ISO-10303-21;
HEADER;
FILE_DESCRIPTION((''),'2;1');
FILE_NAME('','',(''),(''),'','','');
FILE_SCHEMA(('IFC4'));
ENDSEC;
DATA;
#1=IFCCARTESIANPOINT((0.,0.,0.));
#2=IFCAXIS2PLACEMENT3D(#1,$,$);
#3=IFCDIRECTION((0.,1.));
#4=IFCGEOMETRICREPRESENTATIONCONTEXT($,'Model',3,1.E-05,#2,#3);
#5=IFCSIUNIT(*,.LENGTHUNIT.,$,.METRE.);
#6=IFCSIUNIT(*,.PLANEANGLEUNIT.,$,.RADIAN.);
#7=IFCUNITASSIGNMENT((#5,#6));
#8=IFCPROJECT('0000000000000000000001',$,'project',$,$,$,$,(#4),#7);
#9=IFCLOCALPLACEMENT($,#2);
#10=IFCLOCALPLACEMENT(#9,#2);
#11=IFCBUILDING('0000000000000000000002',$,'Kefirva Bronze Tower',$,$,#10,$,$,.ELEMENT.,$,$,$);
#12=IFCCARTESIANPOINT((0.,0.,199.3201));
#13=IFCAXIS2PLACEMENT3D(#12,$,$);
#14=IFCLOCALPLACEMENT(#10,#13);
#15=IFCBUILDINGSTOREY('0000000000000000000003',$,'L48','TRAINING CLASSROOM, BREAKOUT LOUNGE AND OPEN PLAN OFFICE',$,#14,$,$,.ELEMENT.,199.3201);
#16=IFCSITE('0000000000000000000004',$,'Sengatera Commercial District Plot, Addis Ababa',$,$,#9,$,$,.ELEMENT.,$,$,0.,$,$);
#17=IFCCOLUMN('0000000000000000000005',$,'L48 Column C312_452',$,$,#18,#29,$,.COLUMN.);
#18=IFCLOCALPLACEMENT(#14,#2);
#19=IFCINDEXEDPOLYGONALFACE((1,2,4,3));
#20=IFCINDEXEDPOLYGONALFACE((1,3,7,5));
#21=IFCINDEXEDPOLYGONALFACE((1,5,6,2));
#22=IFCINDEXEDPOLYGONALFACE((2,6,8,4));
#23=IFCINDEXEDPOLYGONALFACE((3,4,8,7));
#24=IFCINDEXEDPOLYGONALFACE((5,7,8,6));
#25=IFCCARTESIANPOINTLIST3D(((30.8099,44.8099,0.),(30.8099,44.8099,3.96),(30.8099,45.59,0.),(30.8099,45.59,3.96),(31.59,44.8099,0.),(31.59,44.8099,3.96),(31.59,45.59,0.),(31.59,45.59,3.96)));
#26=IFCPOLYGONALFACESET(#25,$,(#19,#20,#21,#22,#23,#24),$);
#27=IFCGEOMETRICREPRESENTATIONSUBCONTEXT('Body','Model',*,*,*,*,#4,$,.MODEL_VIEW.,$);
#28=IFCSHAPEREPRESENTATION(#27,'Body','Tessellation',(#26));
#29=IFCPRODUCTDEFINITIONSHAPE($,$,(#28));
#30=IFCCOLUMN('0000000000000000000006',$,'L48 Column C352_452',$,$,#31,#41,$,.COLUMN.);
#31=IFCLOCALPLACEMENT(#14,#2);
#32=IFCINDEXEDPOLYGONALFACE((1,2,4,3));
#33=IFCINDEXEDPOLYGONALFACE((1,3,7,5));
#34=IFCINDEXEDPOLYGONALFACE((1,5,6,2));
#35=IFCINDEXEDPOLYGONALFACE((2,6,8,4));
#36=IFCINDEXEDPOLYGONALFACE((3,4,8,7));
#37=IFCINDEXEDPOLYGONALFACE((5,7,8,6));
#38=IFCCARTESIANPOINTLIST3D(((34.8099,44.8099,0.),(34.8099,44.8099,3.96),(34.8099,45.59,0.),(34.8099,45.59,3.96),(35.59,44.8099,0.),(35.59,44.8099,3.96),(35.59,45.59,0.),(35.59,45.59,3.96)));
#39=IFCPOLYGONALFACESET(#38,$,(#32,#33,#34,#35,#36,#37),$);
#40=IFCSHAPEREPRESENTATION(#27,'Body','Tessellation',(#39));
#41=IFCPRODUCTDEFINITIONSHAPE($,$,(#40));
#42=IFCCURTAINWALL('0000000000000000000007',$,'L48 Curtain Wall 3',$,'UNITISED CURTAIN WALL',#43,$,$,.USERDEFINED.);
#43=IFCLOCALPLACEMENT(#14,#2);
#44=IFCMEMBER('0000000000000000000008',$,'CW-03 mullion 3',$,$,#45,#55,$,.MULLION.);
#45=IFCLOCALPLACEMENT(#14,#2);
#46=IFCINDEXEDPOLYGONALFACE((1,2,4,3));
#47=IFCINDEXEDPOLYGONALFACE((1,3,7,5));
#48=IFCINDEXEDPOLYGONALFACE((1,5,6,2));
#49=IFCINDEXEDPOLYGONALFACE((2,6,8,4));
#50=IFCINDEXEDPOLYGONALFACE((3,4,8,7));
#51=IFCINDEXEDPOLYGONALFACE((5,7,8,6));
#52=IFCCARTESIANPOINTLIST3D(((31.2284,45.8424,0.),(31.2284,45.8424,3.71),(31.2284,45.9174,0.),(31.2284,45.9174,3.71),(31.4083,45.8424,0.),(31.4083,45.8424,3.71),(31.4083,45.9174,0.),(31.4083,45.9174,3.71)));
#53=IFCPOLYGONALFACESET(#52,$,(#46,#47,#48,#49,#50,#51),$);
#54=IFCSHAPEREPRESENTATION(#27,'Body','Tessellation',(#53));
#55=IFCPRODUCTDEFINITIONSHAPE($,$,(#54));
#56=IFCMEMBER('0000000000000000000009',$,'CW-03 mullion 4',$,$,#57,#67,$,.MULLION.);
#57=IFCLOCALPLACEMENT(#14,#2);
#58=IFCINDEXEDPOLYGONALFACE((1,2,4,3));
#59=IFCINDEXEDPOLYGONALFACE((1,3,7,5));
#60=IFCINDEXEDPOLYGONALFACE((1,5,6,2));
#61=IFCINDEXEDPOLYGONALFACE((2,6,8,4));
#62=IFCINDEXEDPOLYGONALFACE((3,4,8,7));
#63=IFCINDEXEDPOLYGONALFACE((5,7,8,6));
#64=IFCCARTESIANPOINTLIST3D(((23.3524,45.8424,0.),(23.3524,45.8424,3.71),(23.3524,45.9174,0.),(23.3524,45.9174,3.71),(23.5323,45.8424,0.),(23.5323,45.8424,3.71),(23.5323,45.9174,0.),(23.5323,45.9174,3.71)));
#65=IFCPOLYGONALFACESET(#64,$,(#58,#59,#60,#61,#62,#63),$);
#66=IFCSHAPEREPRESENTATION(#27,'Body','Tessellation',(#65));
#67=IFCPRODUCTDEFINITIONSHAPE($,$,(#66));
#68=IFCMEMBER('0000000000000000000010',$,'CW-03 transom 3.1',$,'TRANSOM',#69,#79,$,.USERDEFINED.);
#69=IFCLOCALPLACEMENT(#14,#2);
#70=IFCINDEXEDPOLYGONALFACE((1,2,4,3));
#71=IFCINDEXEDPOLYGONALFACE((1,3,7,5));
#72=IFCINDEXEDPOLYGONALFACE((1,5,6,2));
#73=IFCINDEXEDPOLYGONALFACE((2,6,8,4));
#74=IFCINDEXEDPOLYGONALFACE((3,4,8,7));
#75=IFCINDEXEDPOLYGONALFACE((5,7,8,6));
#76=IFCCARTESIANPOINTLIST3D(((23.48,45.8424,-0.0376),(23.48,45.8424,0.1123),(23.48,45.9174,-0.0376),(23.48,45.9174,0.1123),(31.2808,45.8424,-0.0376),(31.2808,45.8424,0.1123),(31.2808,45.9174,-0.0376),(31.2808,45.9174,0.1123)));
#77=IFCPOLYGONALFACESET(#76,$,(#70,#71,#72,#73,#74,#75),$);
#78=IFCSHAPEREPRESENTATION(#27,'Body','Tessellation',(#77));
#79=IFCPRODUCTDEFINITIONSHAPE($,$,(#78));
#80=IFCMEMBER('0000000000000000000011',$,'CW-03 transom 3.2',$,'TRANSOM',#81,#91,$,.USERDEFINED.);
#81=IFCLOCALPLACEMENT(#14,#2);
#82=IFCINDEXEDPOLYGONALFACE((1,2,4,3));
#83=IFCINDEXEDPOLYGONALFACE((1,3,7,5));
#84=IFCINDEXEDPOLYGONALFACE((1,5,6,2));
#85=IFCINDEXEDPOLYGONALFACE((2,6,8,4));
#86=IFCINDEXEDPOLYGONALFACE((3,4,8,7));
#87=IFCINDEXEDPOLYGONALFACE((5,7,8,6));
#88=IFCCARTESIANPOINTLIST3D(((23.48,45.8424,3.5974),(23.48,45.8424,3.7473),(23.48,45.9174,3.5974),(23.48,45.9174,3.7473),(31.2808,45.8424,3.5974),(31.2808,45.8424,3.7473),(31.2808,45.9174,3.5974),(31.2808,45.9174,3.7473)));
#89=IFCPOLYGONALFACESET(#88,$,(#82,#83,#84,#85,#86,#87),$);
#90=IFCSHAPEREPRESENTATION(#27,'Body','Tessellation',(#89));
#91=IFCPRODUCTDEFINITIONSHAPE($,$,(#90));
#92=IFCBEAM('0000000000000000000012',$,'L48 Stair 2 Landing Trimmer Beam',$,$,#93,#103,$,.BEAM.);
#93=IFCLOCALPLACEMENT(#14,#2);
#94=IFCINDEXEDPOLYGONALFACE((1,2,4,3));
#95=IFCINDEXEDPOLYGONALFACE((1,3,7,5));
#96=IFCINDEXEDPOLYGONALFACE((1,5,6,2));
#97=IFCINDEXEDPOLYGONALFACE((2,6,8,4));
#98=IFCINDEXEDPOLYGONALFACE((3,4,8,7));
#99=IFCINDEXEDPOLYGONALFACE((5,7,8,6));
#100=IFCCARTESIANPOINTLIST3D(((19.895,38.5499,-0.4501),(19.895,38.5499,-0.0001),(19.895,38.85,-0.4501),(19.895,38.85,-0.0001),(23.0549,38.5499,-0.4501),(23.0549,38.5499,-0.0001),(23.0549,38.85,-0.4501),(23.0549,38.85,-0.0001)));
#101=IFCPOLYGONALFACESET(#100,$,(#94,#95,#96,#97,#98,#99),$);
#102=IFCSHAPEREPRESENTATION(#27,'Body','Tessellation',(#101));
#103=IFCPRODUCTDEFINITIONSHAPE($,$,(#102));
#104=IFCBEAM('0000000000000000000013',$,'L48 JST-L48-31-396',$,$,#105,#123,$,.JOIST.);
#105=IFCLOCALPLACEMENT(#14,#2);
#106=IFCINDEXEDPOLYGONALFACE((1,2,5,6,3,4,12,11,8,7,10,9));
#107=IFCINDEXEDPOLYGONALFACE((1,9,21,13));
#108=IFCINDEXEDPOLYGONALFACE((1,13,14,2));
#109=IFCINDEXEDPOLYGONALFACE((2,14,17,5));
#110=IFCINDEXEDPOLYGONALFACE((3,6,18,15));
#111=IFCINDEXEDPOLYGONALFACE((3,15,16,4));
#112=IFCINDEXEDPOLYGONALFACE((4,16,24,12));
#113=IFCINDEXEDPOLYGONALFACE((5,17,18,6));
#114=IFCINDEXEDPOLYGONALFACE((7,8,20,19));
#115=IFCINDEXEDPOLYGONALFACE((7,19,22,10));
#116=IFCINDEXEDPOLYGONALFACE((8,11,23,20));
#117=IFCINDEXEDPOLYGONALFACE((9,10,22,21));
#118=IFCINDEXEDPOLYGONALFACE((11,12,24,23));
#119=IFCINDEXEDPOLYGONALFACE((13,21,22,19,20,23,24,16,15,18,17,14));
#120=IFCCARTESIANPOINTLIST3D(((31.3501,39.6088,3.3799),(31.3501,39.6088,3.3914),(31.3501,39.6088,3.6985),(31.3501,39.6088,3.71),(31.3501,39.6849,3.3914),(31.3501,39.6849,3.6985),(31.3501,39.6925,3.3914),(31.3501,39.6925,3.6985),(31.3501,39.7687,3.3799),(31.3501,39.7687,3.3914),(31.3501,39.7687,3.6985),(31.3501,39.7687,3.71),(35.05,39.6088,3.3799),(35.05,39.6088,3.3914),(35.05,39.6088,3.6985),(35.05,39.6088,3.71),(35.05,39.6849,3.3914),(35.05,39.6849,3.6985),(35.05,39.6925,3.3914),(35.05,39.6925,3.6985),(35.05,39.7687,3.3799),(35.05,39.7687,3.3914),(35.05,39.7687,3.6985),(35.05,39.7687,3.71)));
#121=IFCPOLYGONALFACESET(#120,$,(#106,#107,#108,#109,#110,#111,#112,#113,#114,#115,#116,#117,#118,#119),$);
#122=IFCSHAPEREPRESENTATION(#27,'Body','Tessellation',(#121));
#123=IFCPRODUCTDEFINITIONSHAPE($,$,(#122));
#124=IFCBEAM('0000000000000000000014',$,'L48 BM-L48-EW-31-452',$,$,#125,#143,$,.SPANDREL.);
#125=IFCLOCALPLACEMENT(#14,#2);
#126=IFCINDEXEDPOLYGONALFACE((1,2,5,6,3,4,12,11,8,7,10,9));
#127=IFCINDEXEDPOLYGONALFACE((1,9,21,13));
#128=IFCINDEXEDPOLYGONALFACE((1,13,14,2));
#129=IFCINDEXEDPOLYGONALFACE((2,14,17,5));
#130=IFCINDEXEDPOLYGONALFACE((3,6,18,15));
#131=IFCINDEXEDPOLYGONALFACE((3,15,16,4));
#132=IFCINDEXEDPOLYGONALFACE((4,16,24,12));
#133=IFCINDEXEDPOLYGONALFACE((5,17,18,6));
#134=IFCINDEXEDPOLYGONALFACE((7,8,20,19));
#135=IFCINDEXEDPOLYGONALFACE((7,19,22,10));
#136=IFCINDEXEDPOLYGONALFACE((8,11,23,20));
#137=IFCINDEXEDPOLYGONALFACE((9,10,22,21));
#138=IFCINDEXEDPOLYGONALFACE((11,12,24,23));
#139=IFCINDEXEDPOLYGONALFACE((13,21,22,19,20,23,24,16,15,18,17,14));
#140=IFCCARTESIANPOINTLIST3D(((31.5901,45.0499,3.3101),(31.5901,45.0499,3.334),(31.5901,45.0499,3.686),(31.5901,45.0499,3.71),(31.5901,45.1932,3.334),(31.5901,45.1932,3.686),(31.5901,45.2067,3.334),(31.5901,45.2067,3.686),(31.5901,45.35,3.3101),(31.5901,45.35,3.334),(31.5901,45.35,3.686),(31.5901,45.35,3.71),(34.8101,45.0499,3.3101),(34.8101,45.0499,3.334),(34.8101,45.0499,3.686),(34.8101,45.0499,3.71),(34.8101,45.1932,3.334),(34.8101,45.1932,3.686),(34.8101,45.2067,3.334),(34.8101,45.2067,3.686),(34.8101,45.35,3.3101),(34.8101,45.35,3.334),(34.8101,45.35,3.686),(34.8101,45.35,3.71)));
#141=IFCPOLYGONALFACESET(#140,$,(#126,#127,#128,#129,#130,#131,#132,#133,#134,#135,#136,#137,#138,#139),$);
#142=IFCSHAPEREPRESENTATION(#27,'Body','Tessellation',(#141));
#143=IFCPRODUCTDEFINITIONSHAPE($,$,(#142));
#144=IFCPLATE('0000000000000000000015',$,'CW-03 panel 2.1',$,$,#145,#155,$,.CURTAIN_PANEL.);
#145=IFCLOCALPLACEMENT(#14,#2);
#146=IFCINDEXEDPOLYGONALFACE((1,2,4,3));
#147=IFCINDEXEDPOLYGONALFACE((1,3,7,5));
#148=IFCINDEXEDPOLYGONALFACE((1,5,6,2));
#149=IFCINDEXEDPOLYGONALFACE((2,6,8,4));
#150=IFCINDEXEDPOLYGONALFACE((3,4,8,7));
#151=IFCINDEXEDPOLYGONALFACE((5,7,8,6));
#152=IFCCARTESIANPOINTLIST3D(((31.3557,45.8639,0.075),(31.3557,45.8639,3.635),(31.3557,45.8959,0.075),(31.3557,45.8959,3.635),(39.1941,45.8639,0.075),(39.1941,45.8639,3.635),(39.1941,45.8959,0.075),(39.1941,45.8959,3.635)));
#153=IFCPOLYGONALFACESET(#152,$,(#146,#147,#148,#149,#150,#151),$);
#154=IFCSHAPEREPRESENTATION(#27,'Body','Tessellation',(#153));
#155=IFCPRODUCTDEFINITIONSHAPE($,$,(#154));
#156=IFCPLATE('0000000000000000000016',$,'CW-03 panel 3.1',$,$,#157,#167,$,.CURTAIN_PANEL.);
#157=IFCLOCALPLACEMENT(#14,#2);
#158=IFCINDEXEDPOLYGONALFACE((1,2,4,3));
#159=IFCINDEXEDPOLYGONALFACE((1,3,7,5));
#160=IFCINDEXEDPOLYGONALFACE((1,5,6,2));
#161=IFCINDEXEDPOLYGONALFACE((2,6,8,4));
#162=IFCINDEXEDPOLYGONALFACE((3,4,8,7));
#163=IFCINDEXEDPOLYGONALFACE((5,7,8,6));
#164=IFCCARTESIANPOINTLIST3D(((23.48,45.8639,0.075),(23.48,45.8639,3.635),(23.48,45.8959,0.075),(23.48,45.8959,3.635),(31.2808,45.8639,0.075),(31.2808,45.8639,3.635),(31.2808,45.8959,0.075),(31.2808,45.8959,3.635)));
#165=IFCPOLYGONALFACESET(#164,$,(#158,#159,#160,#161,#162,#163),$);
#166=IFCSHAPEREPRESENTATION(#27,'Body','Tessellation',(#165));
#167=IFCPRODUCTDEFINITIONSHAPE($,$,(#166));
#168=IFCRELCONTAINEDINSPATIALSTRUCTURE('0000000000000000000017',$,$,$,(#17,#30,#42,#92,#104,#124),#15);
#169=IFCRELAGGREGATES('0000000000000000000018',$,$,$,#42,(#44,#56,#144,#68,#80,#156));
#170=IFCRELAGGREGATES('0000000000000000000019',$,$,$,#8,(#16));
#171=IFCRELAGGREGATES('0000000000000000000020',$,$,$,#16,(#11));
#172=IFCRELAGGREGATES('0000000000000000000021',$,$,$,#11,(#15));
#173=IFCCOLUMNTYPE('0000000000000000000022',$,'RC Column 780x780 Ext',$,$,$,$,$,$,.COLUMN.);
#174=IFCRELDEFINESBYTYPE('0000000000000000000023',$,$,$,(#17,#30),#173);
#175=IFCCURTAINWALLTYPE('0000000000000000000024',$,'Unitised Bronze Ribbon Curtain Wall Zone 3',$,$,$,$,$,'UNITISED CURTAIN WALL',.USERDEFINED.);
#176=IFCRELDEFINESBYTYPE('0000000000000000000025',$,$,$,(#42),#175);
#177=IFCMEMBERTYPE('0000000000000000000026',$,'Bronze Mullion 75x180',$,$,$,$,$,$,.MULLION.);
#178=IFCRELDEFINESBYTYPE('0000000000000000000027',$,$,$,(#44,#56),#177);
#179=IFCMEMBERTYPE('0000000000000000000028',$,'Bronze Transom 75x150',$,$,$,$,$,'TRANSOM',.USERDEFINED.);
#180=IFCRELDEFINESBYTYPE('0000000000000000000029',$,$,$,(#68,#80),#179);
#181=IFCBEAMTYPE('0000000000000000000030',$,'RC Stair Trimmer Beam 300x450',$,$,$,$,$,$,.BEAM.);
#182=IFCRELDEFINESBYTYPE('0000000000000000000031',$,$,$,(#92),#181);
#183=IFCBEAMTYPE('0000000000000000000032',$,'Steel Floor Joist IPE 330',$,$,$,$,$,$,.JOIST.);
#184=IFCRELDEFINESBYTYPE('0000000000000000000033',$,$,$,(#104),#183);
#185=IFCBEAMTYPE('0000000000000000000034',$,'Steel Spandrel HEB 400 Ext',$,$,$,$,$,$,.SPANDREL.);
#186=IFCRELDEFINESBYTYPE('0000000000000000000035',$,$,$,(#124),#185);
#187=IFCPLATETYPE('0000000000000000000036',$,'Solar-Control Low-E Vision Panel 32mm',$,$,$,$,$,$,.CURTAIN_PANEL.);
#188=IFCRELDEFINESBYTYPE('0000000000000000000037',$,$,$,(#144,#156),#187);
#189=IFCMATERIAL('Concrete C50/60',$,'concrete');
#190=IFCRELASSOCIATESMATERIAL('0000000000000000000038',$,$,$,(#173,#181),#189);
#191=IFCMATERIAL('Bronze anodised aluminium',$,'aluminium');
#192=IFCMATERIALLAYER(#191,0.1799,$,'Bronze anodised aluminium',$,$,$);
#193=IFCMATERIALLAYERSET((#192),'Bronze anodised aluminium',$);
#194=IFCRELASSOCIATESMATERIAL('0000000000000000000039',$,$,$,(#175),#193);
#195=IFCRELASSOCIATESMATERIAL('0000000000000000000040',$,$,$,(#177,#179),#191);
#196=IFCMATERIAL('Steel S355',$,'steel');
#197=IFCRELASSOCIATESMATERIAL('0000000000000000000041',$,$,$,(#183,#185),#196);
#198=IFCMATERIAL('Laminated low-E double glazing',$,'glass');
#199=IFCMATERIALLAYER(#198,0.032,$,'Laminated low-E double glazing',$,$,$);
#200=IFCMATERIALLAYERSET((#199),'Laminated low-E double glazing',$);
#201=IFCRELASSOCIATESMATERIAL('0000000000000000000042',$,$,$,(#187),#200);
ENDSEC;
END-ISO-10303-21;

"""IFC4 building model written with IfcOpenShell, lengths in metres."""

from ifc_helpers import new_model, si_unit, direction, frame, origin, origin_2d, place, context, subcontext, project, spatial, rectangle, i_section, extrude, material, layer, layer_set, material_profile, profile_set, type_object, element, aggregate, save


model = new_model("IFC4")

# Units and contexts
model_context = context("Model", 3, precision=1e-05, world=origin(), true_north=direction((0.0, 1.0)))
body_context = subcontext(model_context, "Body", "Model", "MODEL_VIEW")
ifc_project = project(units=[si_unit("LENGTHUNIT", "METRE"), si_unit("PLANEANGLEUNIT", "RADIAN")], contexts=[model_context])

# Site, building, storey
site_placement = place(None, origin())
site = spatial("IfcSite", under=ifc_project, at=site_placement, Name="Sengatera Commercial District Plot, Addis Ababa", CompositionType="ELEMENT", RefElevation=0.0)
building_placement = place(site_placement, origin())
building = spatial("IfcBuilding", under=site, at=building_placement, Name="Kefirva Bronze Tower", CompositionType="ELEMENT")
storey_placement = place(building_placement, frame((0.0, 0.0, 199.3201)))
storey = spatial("IfcBuildingStorey", under=building, at=storey_placement, Name="L48", Description="TRAINING CLASSROOM, BREAKOUT LOUNGE AND OPEN PLAN OFFICE", CompositionType="ELEMENT", Elevation=199.3201)

# Columns
ifc_material_1 = material(Name="Concrete C50/60", Category="concrete")
ifc_material_profile_1 = material_profile(ifc_material_1, rectangle(XDim=0.78, YDim=0.78, at=origin_2d()), Name="RC 780x780")
ifc_profile_set_1 = profile_set([ifc_material_profile_1], Name="Concrete C50/60")
column_type = type_object("IfcColumnType", Name="RC Column 780x780 Ext", PredefinedType="COLUMN", material=ifc_profile_set_1)
for number, where, z_axis, x_axis, name in (
    (1, (31.2, 45.2, 0.0), (0.0, 0.0, 1.0), (1.0, 0.0, 0.0), "L48 Column C312_452"),
    (2, (35.2, 45.2, 0.0), (0.0, 0.0, 1.0), (1.0, 0.0, 0.0), "L48 Column C352_452"),
):
    element("IfcColumn", number, at=place(storey_placement, frame(where, z_axis=z_axis, x_axis=x_axis)), inside=storey, type_object=column_type, Name=name, PredefinedType="COLUMN", context=body_context, shape_type="SweptSolid", body=[
        extrude(rectangle(XDim=0.78, YDim=0.78, at=origin_2d()), origin(), (0.0, 0.0, 1.0), 3.96),
    ])

# Curtain wall, members
ifc_material_2 = material(Name="Bronze anodised aluminium", Category="aluminium")
ifc_layer_1 = layer(ifc_material_2, 0.1799, Name="Bronze anodised aluminium")
ifc_layer_set_1 = layer_set([ifc_layer_1], Name="Bronze anodised aluminium")
curtain_wall_type = type_object("IfcCurtainWallType", Name="Unitised Bronze Ribbon Curtain Wall Zone 3", ElementType="UNITISED CURTAIN WALL", PredefinedType="USERDEFINED", material=ifc_layer_set_1)
curtain_wall_placement = place(storey_placement, origin())
curtain_wall = element("IfcCurtainWall", 3, at=curtain_wall_placement, inside=storey, type_object=curtain_wall_type, Name="L48 Curtain Wall 3", ObjectType="UNITISED CURTAIN WALL", PredefinedType="USERDEFINED")
ifc_material_profile_2 = material_profile(ifc_material_2, rectangle(XDim=0.075, YDim=0.1799, at=origin_2d()), Name="ALU 75x180")
ifc_profile_set_2 = profile_set([ifc_material_profile_2], Name="Bronze anodised aluminium")
member_type_1 = type_object("IfcMemberType", Name="Bronze Mullion 75x180", PredefinedType="MULLION", material=ifc_profile_set_2)
member_1_placement = place(storey_placement, frame((31.3184, 45.8799, 0.0), z_axis=(0.0, 0.0, 1.0), x_axis=(0.0, -1.0, 0.0)))
member_1 = element("IfcMember", 4, at=member_1_placement, type_object=member_type_1, Name="CW-03 mullion 3", PredefinedType="MULLION", context=body_context, shape_type="SweptSolid", body=[
    extrude(rectangle(XDim=0.075, YDim=0.1799, at=origin_2d()), origin(), (0.0, 0.0, 1.0), 3.71),
])
member_2_placement = place(storey_placement, frame((23.4424, 45.8799, 0.0), z_axis=(0.0, 0.0, 1.0), x_axis=(0.0, -1.0, 0.0)))
member_2 = element("IfcMember", 5, at=member_2_placement, type_object=member_type_1, Name="CW-03 mullion 4", PredefinedType="MULLION", context=body_context, shape_type="SweptSolid", body=[
    extrude(rectangle(XDim=0.075, YDim=0.1799, at=origin_2d()), origin(), (0.0, 0.0, 1.0), 3.71),
])
ifc_material_profile_3 = material_profile(ifc_material_2, rectangle(XDim=0.075, YDim=0.1499, at=origin_2d()), Name="ALU 75x150")
ifc_profile_set_3 = profile_set([ifc_material_profile_3], Name="Bronze anodised aluminium")
member_type_2 = type_object("IfcMemberType", Name="Bronze Transom 75x150", ElementType="TRANSOM", PredefinedType="USERDEFINED", material=ifc_profile_set_3)
member_3_placement = place(storey_placement, frame((31.2808, 45.8799, 0.0374), z_axis=(-1.0, 0.0, 0.0), x_axis=(0.0, -1.0, 0.0)))
member_3 = element("IfcMember", 6, at=member_3_placement, type_object=member_type_2, Name="CW-03 transom 3.1", ObjectType="TRANSOM", PredefinedType="USERDEFINED", context=body_context, shape_type="SweptSolid", body=[
    extrude(rectangle(XDim=0.075, YDim=0.1499, at=origin_2d()), origin(), (0.0, 0.0, 1.0), 7.8008),
])
member_4_placement = place(storey_placement, frame((31.2808, 45.8799, 3.6724), z_axis=(-1.0, 0.0, 0.0), x_axis=(0.0, -1.0, 0.0)))
member_4 = element("IfcMember", 7, at=member_4_placement, type_object=member_type_2, Name="CW-03 transom 3.2", ObjectType="TRANSOM", PredefinedType="USERDEFINED", context=body_context, shape_type="SweptSolid", body=[
    extrude(rectangle(XDim=0.075, YDim=0.1499, at=origin_2d()), origin(), (0.0, 0.0, 1.0), 7.8008),
])

# Beams
ifc_material_profile_4 = material_profile(ifc_material_1, rectangle(XDim=0.3, YDim=0.45, at=origin_2d()), Name="RC 300x450")
ifc_profile_set_4 = profile_set([ifc_material_profile_4], Name="Concrete C50/60")
beam_type_1 = type_object("IfcBeamType", Name="RC Stair Trimmer Beam 300x450", PredefinedType="BEAM", material=ifc_profile_set_4)
beam_1_placement = place(storey_placement, frame((19.895, 38.7, -0.2251), z_axis=(1.0, 0.0, 0.0), x_axis=(0.0, 1.0, 0.0)))
element("IfcBeam", 8, at=beam_1_placement, inside=storey, type_object=beam_type_1, Name="L48 Stair 2 Landing Trimmer Beam", PredefinedType="BEAM", context=body_context, shape_type="SweptSolid", body=[
    extrude(rectangle(XDim=0.3, YDim=0.45, at=origin_2d()), origin(), (0.0, 0.0, 1.0), 3.1599),
])
ifc_material_3 = material(Name="Steel S355", Category="steel")
ifc_material_profile_5 = material_profile(ifc_material_3, i_section(OverallWidth=0.1599, OverallDepth=0.3301, WebThickness=0.0076, FlangeThickness=0.0115, at=origin_2d()), Name="IPE 330")
ifc_profile_set_5 = profile_set([ifc_material_profile_5], Name="Steel S355")
beam_type_2 = type_object("IfcBeamType", Name="Steel Floor Joist IPE 330", PredefinedType="JOIST", material=ifc_profile_set_5)
beam_2_placement = place(storey_placement, frame((31.3501, 39.6887, 3.5449), z_axis=(1.0, 0.0, 0.0), x_axis=(0.0, 1.0, 0.0)))
element("IfcBeam", 9, at=beam_2_placement, inside=storey, type_object=beam_type_2, Name="L48 JST-L48-31-396", PredefinedType="JOIST", context=body_context, shape_type="SweptSolid", body=[
    extrude(i_section(OverallWidth=0.1599, OverallDepth=0.3301, WebThickness=0.0076, FlangeThickness=0.0115, at=origin_2d()), origin(), (0.0, 0.0, 1.0), 3.7),
])
ifc_material_profile_6 = material_profile(ifc_material_3, i_section(OverallWidth=0.3, OverallDepth=0.3999, WebThickness=0.0134, FlangeThickness=0.0239, at=origin_2d()), Name="HEB 400")
ifc_profile_set_6 = profile_set([ifc_material_profile_6], Name="Steel S355")
beam_type_3 = type_object("IfcBeamType", Name="Steel Spandrel HEB 400 Ext", PredefinedType="SPANDREL", material=ifc_profile_set_6)
beam_3_placement = place(storey_placement, frame((31.5901, 45.2, 3.51), z_axis=(1.0, 0.0, 0.0), x_axis=(0.0, 1.0, 0.0)))
element("IfcBeam", 10, at=beam_3_placement, inside=storey, type_object=beam_type_3, Name="L48 BM-L48-EW-31-452", PredefinedType="SPANDREL", context=body_context, shape_type="SweptSolid", body=[
    extrude(i_section(OverallWidth=0.3, OverallDepth=0.3999, WebThickness=0.0134, FlangeThickness=0.0239, at=origin_2d()), origin(), (0.0, 0.0, 1.0), 3.22),
])

# Plates
ifc_material_4 = material(Name="Laminated low-E double glazing", Category="glass")
ifc_layer_2 = layer(ifc_material_4, 0.032, Name="Laminated low-E double glazing")
ifc_layer_set_2 = layer_set([ifc_layer_2], Name="Laminated low-E double glazing")
plate_type = type_object("IfcPlateType", Name="Solar-Control Low-E Vision Panel 32mm", PredefinedType="CURTAIN_PANEL", material=ifc_layer_set_2)
plate_1_placement = place(storey_placement, frame((35.2749, 45.8799, 0.075), z_axis=(0.0, 0.0, 1.0), x_axis=(-1.0, 0.0, 0.0)))
plate_1 = element("IfcPlate", 11, at=plate_1_placement, type_object=plate_type, Name="CW-03 panel 2.1", PredefinedType="CURTAIN_PANEL", context=body_context, shape_type="SweptSolid", body=[
    extrude(rectangle(XDim=7.8384, YDim=0.032, at=origin_2d()), origin(), (0.0, 0.0, 1.0), 3.5601),
])
plate_2_placement = place(storey_placement, frame((27.3804, 45.8799, 0.075), z_axis=(0.0, 0.0, 1.0), x_axis=(-1.0, 0.0, 0.0)))
plate_2 = element("IfcPlate", 12, at=plate_2_placement, type_object=plate_type, Name="CW-03 panel 3.1", PredefinedType="CURTAIN_PANEL", context=body_context, shape_type="SweptSolid", body=[
    extrude(rectangle(XDim=7.8008, YDim=0.032, at=origin_2d()), origin(), (0.0, 0.0, 1.0), 3.5601),
])
aggregate(curtain_wall, [member_1, member_2, plate_1, member_3, member_4, plate_2])

save(model, "model.ifc")
